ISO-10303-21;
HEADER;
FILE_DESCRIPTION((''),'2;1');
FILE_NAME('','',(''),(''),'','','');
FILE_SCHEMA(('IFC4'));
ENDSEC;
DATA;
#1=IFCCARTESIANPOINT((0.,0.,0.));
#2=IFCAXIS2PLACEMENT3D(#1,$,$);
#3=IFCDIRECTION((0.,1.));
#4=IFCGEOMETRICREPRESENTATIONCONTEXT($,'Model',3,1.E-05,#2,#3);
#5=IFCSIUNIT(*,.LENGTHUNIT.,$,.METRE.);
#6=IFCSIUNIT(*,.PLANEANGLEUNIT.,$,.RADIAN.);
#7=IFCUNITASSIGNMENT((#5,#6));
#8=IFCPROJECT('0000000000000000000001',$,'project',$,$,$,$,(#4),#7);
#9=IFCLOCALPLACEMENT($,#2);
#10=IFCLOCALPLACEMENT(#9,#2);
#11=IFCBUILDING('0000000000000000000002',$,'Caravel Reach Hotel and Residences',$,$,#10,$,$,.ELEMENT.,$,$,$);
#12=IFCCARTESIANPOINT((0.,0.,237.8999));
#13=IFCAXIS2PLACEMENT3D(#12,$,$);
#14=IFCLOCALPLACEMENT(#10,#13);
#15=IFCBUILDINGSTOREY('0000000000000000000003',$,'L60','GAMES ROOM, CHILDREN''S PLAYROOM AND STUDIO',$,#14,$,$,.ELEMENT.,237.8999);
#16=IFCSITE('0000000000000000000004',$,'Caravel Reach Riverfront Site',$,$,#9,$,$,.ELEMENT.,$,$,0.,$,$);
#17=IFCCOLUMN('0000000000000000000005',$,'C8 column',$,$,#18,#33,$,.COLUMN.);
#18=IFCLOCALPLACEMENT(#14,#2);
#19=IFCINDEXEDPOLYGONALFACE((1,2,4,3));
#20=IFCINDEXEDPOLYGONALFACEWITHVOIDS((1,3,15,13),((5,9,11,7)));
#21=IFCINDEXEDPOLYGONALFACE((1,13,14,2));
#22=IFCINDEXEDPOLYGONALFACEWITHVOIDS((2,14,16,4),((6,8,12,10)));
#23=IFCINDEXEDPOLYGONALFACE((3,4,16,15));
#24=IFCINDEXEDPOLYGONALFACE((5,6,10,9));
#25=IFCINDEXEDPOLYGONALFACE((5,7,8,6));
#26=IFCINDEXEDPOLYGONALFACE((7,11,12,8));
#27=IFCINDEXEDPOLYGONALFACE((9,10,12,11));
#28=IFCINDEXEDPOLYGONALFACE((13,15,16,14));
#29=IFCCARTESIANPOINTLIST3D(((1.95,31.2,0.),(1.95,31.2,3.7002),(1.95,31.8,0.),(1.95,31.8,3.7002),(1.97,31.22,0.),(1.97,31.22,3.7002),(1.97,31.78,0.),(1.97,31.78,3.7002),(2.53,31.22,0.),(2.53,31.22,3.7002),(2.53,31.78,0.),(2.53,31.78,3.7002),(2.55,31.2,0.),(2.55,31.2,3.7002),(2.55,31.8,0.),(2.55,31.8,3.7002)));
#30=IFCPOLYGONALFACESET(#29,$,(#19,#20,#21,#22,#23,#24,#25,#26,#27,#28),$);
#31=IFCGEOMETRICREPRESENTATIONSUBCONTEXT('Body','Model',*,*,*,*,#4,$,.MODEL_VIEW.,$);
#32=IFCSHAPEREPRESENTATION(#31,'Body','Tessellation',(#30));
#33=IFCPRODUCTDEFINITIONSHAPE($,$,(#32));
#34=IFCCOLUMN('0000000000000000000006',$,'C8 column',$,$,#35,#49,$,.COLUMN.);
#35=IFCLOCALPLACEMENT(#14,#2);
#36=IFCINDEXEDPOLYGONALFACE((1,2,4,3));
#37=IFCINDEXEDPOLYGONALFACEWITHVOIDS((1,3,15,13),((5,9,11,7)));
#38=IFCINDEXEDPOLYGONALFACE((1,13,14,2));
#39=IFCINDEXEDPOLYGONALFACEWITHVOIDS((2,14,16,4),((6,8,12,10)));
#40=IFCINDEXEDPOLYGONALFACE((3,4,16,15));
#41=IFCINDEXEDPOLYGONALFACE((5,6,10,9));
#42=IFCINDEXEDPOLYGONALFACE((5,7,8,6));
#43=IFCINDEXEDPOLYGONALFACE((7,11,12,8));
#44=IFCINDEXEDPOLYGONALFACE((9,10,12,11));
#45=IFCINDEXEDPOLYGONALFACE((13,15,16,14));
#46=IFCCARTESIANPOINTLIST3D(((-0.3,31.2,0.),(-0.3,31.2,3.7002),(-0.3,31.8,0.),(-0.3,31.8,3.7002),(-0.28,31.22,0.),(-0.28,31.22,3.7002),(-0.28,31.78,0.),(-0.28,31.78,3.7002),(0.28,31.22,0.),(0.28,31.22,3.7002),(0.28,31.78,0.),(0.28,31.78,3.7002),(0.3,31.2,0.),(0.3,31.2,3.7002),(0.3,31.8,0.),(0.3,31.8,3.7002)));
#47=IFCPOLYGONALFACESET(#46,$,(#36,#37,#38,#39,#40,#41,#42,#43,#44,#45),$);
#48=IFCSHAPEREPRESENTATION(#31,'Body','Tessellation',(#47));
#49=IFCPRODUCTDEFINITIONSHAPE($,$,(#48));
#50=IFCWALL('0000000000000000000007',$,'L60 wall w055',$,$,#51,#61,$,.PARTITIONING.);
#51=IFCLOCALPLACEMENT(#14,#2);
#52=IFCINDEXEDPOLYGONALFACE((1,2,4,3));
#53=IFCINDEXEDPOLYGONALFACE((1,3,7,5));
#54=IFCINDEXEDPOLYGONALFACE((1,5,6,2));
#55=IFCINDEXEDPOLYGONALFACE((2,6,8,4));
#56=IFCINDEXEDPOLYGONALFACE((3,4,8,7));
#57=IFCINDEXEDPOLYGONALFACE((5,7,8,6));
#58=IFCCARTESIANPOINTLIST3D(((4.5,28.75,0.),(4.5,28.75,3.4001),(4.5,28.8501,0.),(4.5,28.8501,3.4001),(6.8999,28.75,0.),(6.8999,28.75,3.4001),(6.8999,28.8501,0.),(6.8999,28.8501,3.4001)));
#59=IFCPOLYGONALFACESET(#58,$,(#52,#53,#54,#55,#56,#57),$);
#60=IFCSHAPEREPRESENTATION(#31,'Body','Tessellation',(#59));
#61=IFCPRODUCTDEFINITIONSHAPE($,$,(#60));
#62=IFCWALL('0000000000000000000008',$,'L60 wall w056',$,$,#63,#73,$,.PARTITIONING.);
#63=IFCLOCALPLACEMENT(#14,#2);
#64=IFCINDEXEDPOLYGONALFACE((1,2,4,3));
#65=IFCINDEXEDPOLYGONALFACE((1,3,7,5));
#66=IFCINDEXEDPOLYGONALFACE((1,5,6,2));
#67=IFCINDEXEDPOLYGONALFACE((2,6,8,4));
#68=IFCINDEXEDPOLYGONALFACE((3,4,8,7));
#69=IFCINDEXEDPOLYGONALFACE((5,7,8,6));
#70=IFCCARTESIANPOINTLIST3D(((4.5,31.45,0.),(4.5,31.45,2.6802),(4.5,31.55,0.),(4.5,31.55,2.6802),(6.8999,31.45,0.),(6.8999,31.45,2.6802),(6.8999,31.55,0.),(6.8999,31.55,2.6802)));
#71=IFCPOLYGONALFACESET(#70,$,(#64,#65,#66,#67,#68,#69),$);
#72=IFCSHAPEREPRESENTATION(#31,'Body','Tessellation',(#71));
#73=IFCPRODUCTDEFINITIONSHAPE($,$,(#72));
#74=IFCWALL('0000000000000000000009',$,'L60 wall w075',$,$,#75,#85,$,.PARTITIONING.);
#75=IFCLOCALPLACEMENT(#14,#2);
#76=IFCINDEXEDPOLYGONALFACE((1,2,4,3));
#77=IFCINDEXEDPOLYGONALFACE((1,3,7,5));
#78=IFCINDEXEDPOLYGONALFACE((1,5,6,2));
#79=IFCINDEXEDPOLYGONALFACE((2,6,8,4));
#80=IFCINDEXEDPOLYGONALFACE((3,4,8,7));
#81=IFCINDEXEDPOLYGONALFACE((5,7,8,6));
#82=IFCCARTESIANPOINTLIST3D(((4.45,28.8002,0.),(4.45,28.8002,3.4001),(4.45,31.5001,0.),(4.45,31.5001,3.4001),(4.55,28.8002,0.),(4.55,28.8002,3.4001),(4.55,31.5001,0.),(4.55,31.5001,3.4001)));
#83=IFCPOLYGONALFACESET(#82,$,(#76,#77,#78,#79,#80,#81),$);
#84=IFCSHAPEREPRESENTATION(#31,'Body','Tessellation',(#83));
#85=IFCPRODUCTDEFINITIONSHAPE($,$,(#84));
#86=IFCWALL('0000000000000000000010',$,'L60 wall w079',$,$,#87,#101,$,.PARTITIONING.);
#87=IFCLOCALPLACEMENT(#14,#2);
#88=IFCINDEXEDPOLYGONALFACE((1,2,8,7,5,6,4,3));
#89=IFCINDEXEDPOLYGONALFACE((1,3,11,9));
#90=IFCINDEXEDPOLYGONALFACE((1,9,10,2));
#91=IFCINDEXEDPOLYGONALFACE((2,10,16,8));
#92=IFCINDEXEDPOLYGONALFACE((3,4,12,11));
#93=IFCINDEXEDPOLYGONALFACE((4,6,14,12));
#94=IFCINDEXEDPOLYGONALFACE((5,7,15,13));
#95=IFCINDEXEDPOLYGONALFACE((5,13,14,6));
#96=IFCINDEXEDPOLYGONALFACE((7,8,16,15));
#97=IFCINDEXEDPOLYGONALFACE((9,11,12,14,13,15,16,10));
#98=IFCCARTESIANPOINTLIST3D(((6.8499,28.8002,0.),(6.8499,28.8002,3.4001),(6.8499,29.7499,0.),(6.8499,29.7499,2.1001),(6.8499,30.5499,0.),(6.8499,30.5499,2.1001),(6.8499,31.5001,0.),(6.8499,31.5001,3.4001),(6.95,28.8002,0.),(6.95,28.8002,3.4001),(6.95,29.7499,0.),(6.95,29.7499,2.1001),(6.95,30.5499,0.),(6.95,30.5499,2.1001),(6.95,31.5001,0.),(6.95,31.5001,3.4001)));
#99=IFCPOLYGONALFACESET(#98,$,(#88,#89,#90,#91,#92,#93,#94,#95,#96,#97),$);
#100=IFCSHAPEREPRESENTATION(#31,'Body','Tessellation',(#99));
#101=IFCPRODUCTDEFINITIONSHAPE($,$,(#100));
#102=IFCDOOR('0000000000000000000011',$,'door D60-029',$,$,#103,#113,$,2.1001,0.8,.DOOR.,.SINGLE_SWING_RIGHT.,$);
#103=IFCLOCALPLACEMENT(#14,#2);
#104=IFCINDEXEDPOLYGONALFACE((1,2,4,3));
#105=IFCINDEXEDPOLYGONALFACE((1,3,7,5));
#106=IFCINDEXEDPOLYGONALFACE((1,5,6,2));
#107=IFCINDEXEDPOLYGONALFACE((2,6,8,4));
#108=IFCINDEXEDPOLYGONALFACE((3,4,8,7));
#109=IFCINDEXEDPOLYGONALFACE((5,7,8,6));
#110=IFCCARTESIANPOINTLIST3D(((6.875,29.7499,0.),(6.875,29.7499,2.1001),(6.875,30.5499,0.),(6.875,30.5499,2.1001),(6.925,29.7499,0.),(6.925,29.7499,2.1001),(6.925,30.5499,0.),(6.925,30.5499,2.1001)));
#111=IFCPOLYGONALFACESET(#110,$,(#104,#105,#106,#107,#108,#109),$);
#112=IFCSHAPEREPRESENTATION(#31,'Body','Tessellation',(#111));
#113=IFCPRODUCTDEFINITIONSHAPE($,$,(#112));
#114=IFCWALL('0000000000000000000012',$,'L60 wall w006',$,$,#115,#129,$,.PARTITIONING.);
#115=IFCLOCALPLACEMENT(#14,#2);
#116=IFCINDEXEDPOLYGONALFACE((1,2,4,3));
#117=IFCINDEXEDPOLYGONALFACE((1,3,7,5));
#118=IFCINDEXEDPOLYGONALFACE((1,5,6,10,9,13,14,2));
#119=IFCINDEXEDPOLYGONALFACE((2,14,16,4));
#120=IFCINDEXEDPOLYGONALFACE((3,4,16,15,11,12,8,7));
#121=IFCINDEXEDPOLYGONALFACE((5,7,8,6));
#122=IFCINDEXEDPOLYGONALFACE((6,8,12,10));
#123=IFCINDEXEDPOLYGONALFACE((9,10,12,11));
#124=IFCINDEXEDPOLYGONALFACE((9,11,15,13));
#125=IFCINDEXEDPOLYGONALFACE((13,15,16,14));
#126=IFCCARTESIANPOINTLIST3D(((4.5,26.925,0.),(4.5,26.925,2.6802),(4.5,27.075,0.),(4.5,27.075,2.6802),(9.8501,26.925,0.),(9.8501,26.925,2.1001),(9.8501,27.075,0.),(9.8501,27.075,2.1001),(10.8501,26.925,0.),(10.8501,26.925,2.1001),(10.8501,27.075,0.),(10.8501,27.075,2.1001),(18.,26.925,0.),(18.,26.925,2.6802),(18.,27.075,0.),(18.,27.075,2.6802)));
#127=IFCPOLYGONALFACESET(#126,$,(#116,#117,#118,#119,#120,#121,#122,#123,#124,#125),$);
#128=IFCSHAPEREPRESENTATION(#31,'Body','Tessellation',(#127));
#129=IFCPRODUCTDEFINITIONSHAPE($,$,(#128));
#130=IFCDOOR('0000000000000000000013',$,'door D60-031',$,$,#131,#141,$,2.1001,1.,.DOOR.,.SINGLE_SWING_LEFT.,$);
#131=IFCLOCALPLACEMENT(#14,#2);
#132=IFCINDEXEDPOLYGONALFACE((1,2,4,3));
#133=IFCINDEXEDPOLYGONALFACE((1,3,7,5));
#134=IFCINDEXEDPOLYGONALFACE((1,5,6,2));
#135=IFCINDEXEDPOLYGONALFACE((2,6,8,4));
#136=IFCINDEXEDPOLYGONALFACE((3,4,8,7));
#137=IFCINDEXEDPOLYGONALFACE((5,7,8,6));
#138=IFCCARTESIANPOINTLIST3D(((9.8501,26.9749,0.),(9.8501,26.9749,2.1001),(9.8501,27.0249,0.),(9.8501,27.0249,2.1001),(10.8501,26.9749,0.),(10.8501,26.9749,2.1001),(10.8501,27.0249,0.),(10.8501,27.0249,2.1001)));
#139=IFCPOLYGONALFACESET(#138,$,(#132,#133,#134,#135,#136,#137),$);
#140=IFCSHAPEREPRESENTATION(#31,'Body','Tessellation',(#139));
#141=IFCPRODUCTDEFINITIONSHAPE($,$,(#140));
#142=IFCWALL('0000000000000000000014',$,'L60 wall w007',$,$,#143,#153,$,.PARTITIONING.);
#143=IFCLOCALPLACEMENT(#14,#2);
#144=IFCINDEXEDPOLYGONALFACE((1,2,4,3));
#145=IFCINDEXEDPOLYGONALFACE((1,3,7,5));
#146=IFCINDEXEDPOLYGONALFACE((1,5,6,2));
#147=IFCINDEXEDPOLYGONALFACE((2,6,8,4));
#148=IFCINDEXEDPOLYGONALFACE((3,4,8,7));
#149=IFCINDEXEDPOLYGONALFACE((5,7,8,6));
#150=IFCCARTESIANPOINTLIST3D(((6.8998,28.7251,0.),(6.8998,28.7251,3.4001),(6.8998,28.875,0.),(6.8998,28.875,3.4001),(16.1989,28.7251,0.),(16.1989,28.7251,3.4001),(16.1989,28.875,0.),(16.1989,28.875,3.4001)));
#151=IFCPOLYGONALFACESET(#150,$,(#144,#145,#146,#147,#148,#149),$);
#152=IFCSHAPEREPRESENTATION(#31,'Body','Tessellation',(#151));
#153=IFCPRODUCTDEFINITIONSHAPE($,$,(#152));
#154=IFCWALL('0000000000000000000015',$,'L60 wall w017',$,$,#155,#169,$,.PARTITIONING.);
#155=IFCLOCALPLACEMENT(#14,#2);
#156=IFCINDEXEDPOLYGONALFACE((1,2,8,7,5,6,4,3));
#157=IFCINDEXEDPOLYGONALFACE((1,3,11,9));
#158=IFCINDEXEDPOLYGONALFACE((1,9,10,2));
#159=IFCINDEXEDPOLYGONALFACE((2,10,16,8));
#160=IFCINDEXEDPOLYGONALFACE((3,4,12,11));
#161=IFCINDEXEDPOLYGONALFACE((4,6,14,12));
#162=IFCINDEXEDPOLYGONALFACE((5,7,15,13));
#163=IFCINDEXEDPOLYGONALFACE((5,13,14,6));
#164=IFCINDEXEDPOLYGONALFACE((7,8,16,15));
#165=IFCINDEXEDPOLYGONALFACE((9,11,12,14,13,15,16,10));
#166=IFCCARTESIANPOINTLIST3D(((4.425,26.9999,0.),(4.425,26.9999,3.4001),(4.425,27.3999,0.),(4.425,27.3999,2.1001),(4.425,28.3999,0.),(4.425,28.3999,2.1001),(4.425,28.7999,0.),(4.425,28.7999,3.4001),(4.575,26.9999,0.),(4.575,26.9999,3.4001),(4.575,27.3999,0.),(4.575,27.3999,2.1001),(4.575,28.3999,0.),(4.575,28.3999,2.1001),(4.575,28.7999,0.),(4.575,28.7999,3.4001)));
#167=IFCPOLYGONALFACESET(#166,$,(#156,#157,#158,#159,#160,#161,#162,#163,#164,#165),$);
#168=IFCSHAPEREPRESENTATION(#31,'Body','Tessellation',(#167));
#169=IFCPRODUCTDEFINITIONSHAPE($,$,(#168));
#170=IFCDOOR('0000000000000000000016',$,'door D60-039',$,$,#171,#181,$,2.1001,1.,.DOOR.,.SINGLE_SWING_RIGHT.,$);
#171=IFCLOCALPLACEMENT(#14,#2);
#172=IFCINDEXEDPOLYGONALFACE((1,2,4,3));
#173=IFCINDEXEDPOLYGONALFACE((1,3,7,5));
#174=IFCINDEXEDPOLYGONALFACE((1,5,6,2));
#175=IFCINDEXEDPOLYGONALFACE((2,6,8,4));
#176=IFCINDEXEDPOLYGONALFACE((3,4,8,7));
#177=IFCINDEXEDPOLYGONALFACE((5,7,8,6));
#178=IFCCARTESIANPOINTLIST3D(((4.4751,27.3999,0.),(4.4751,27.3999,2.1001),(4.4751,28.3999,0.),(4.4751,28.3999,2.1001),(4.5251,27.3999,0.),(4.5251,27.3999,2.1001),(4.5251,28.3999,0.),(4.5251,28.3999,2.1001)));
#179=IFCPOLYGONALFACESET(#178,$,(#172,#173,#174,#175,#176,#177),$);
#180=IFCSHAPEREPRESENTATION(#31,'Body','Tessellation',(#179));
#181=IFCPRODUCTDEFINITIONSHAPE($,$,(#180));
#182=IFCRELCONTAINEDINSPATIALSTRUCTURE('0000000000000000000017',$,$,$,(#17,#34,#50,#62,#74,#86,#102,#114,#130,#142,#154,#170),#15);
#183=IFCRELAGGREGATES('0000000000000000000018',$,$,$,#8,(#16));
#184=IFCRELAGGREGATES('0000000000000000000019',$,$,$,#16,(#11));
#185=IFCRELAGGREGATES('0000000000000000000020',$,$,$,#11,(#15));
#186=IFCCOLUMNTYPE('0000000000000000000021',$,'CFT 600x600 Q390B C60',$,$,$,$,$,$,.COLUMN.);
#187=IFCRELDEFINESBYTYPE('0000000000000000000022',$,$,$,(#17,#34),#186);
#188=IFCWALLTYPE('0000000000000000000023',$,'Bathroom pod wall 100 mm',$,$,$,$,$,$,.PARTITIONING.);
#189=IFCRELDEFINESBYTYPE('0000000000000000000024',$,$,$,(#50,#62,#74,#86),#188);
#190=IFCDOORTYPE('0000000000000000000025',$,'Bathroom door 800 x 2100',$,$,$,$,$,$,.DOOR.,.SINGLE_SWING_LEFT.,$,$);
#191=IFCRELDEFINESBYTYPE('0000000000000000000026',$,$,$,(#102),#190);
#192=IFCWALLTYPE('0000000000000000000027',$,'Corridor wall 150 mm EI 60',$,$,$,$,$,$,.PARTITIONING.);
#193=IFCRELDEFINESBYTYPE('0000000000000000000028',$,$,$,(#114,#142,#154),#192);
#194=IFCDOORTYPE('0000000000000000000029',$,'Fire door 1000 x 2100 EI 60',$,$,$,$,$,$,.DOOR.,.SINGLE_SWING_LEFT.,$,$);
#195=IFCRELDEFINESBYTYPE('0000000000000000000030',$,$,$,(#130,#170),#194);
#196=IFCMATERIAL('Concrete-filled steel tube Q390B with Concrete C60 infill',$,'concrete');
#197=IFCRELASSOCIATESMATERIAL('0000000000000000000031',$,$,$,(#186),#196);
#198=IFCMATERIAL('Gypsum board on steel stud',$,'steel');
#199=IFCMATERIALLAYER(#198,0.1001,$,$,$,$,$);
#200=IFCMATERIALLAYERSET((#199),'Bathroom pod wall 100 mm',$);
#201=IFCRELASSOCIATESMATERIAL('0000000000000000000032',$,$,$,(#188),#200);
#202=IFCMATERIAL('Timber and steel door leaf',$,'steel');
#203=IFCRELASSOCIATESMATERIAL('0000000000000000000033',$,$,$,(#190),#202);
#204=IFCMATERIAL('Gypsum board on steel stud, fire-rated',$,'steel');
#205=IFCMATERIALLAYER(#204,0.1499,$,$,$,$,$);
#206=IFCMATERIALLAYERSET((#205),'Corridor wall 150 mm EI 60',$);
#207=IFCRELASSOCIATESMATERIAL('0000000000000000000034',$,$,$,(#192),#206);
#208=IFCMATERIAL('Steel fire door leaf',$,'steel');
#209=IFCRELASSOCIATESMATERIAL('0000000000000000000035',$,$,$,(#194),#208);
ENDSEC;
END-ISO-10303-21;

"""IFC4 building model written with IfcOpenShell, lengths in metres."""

from ifc_helpers import new_model, si_unit, direction, frame, frame_2d, origin, origin_2d, place, context, subcontext, project, spatial, rectangle, hollow_rectangle, extrude, material, layer, layer_set, material_profile, profile_set, type_object, element, fill, save


model = new_model("IFC4")

# Units and contexts
model_context = context("Model", 3, precision=1e-05, world=origin(), true_north=direction((0.0, 1.0)))
body_context = subcontext(model_context, "Body", "Model", "MODEL_VIEW")
ifc_project = project(units=[si_unit("LENGTHUNIT", "METRE"), si_unit("PLANEANGLEUNIT", "RADIAN")], contexts=[model_context])

# Site, building, storey
site_placement = place(None, origin())
site = spatial("IfcSite", under=ifc_project, at=site_placement, Name="Caravel Reach Riverfront Site", CompositionType="ELEMENT", RefElevation=0.0)
building_placement = place(site_placement, origin())
building = spatial("IfcBuilding", under=site, at=building_placement, Name="Caravel Reach Hotel and Residences", CompositionType="ELEMENT")
storey_placement = place(building_placement, frame((0.0, 0.0, 237.8999)))
storey = spatial("IfcBuildingStorey", under=building, at=storey_placement, Name="L60", Description="GAMES ROOM, CHILDREN'S PLAYROOM AND STUDIO", CompositionType="ELEMENT", Elevation=237.8999)

# Columns
ifc_material_1 = material(Name="Concrete-filled steel tube Q390B with Concrete C60 infill", Category="concrete")
ifc_material_profile = material_profile(ifc_material_1, hollow_rectangle(XDim=0.6001, YDim=0.6001, WallThickness=0.02, at=origin_2d()), Name="RHS 600x600x20")
ifc_profile_set = profile_set([ifc_material_profile], Name="Concrete-filled steel tube Q390B with Concrete C60 infill")
column_type = type_object("IfcColumnType", Name="CFT 600x600 Q390B C60", PredefinedType="COLUMN", material=ifc_profile_set)
for number, where, z_axis, x_axis, name in (
    (1, (2.25, 31.5, 0.0), (0.0, 0.0, 1.0), (1.0, 0.0, 0.0), "C8 column"),
    (2, (0.0, 31.5, 0.0), (0.0, 0.0, 1.0), (1.0, 0.0, 0.0), "C8 column"),
):
    element("IfcColumn", number, at=place(storey_placement, frame(where, z_axis=z_axis, x_axis=x_axis)), inside=storey, type_object=column_type, Name=name, PredefinedType="COLUMN", context=body_context, shape_type="SweptSolid", body=[
        extrude(hollow_rectangle(XDim=0.6001, YDim=0.6001, WallThickness=0.02, at=origin_2d()), origin(), (0.0, 0.0, 1.0), 3.7002),
    ])

# Walls
ifc_material_2 = material(Name="Gypsum board on steel stud", Category="steel")
ifc_layer_1 = layer(ifc_material_2, 0.1001)
ifc_layer_set_1 = layer_set([ifc_layer_1], Name="Bathroom pod wall 100 mm")
wall_type_1 = type_object("IfcWallType", Name="Bathroom pod wall 100 mm", PredefinedType="PARTITIONING", material=ifc_layer_set_1)
wall_1_placement = place(storey_placement, frame((4.5, 28.8, 0.0), z_axis=(0.0, 0.0, 1.0), x_axis=(1.0, 0.0, 0.0)))
element("IfcWall", 3, at=wall_1_placement, inside=storey, type_object=wall_type_1, Name="L60 wall w055", PredefinedType="PARTITIONING", context=body_context, shape_type="SweptSolid", body=[
    extrude(rectangle(XDim=2.3999, YDim=0.1001, at=frame_2d((1.2, 0.0))), origin(), (0.0, 0.0, 1.0), 3.4001),
])
wall_2_placement = place(storey_placement, frame((4.5, 31.5, 0.0), z_axis=(0.0, 0.0, 1.0), x_axis=(1.0, 0.0, 0.0)))
element("IfcWall", 4, at=wall_2_placement, inside=storey, type_object=wall_type_1, Name="L60 wall w056", PredefinedType="PARTITIONING", context=body_context, shape_type="SweptSolid", body=[
    extrude(rectangle(XDim=2.3999, YDim=0.1001, at=frame_2d((1.2, 0.0))), origin(), (0.0, 0.0, 1.0), 2.6802),
])
wall_3_placement = place(storey_placement, frame((4.5, 28.8, 0.0), z_axis=(0.0, 0.0, 1.0), x_axis=(0.0, 1.0, 0.0)))
element("IfcWall", 5, at=wall_3_placement, inside=storey, type_object=wall_type_1, Name="L60 wall w075", PredefinedType="PARTITIONING", context=body_context, shape_type="SweptSolid", body=[
    extrude(rectangle(XDim=2.7, YDim=0.1001, at=frame_2d((1.3501, 0.0))), origin(), (0.0, 0.0, 1.0), 3.4001),
])

# Walls, openings, doors
wall_4_placement = place(storey_placement, frame((6.8999, 28.8, 0.0), z_axis=(0.0, 0.0, 1.0), x_axis=(0.0, 1.0, 0.0)))
wall_4 = element("IfcWall", 6, at=wall_4_placement, inside=storey, type_object=wall_type_1, Name="L60 wall w079", PredefinedType="PARTITIONING", context=body_context, shape_type="SweptSolid", body=[
    extrude(rectangle(XDim=2.7, YDim=0.1001, at=frame_2d((1.3501, 0.0))), origin(), (0.0, 0.0, 1.0), 3.4001),
])
opening_1_placement = place(wall_4_placement, frame((0.95, 0.0, 0.0)))
opening_1 = element("IfcOpeningElement", 7, at=opening_1_placement, cuts=wall_4, PredefinedType="OPENING", context=body_context, shape_type="SweptSolid", body=[
    extrude(rectangle(XDim=0.8, YDim=2.1001, at=frame_2d((0.3999, 1.05))), frame((0.0, 0.0601, 0.0), z_axis=(0.0, -1.0, 0.0), x_axis=(1.0, 0.0, 0.0)), (0.0, 0.0, 1.0), 0.1201),
])
ifc_material_3 = material(Name="Timber and steel door leaf", Category="steel")
door_type_1 = type_object("IfcDoorType", Name="Bathroom door 800 x 2100", OperationType="SINGLE_SWING_LEFT", PredefinedType="DOOR", material=ifc_material_3)
door_1_placement = place(opening_1_placement, origin())
door_1 = element("IfcDoor", 8, at=door_1_placement, inside=storey, type_object=door_type_1, Name="door D60-029", OperationType="SINGLE_SWING_RIGHT", OverallHeight=2.1001, OverallWidth=0.8, PredefinedType="DOOR", context=body_context, shape_type="SweptSolid", body=[
    extrude(rectangle(XDim=0.8, YDim=2.1001, at=frame_2d((0.3999, 1.05))), frame((0.0, 0.0249, 0.0), z_axis=(0.0, -1.0, 0.0), x_axis=(1.0, 0.0, 0.0)), (0.0, 0.0, 1.0), 0.05),
])
fill(opening_1, door_1)
ifc_material_4 = material(Name="Gypsum board on steel stud, fire-rated", Category="steel")
ifc_layer_2 = layer(ifc_material_4, 0.1499)
ifc_layer_set_2 = layer_set([ifc_layer_2], Name="Corridor wall 150 mm EI 60")
wall_type_2 = type_object("IfcWallType", Name="Corridor wall 150 mm EI 60", PredefinedType="PARTITIONING", material=ifc_layer_set_2)
wall_5_placement = place(storey_placement, frame((4.5, 27.0, 0.0), z_axis=(0.0, 0.0, 1.0), x_axis=(1.0, 0.0, 0.0)))
wall_5 = element("IfcWall", 9, at=wall_5_placement, inside=storey, type_object=wall_type_2, Name="L60 wall w006", PredefinedType="PARTITIONING", context=body_context, shape_type="SweptSolid", body=[
    extrude(rectangle(XDim=13.5, YDim=0.1499, at=frame_2d((6.75, 0.0))), origin(), (0.0, 0.0, 1.0), 2.6802),
])
opening_2_placement = place(wall_5_placement, frame((5.3501, 0.0, 0.0)))
opening_2 = element("IfcOpeningElement", 10, at=opening_2_placement, cuts=wall_5, PredefinedType="OPENING", context=body_context, shape_type="SweptSolid", body=[
    extrude(rectangle(XDim=1.0, YDim=2.1001, at=frame_2d((0.5, 1.05))), frame((0.0, 0.085, 0.0), z_axis=(0.0, -1.0, 0.0), x_axis=(1.0, 0.0, 0.0)), (0.0, 0.0, 1.0), 0.1699),
])
ifc_material_5 = material(Name="Steel fire door leaf", Category="steel")
door_type_2 = type_object("IfcDoorType", Name="Fire door 1000 x 2100 EI 60", OperationType="SINGLE_SWING_LEFT", PredefinedType="DOOR", material=ifc_material_5)
door_2_placement = place(opening_2_placement, origin())
door_2 = element("IfcDoor", 11, at=door_2_placement, inside=storey, type_object=door_type_2, Name="door D60-031", OperationType="SINGLE_SWING_LEFT", OverallHeight=2.1001, OverallWidth=1.0, PredefinedType="DOOR", context=body_context, shape_type="SweptSolid", body=[
    extrude(rectangle(XDim=1.0, YDim=2.1001, at=frame_2d((0.5, 1.05))), frame((0.0, 0.0249, 0.0), z_axis=(0.0, -1.0, 0.0), x_axis=(1.0, 0.0, 0.0)), (0.0, 0.0, 1.0), 0.05),
])
fill(opening_2, door_2)

# Wall
wall_6_placement = place(storey_placement, frame((6.8999, 28.8, 0.0), z_axis=(0.0, 0.0, 1.0), x_axis=(1.0, 0.0, 0.0)))
element("IfcWall", 12, at=wall_6_placement, inside=storey, type_object=wall_type_2, Name="L60 wall w007", PredefinedType="PARTITIONING", context=body_context, shape_type="SweptSolid", body=[
    extrude(rectangle(XDim=9.2991, YDim=0.1499, at=frame_2d((4.6494, 0.0))), origin(), (0.0, 0.0, 1.0), 3.4001),
])

# Wall, opening, door
wall_7_placement = place(storey_placement, frame((4.5, 27.0, 0.0), z_axis=(0.0, 0.0, 1.0), x_axis=(0.0, 1.0, 0.0)))
wall_7 = element("IfcWall", 13, at=wall_7_placement, inside=storey, type_object=wall_type_2, Name="L60 wall w017", PredefinedType="PARTITIONING", context=body_context, shape_type="SweptSolid", body=[
    extrude(rectangle(XDim=1.8, YDim=0.1499, at=frame_2d((0.8999, 0.0))), origin(), (0.0, 0.0, 1.0), 3.4001),
])
opening_3_placement = place(wall_7_placement, frame((0.3999, 0.0, 0.0)))
opening_3 = element("IfcOpeningElement", 14, at=opening_3_placement, cuts=wall_7, PredefinedType="OPENING", context=body_context, shape_type="SweptSolid", body=[
    extrude(rectangle(XDim=1.0, YDim=2.1001, at=frame_2d((0.5, 1.05))), frame((0.0, 0.085, 0.0), z_axis=(0.0, -1.0, 0.0), x_axis=(1.0, 0.0, 0.0)), (0.0, 0.0, 1.0), 0.1699),
])
door_3_placement = place(opening_3_placement, origin())
door_3 = element("IfcDoor", 15, at=door_3_placement, inside=storey, type_object=door_type_2, Name="door D60-039", OperationType="SINGLE_SWING_RIGHT", OverallHeight=2.1001, OverallWidth=1.0, PredefinedType="DOOR", context=body_context, shape_type="SweptSolid", body=[
    extrude(rectangle(XDim=1.0, YDim=2.1001, at=frame_2d((0.5, 1.05))), frame((0.0, 0.0249, 0.0), z_axis=(0.0, -1.0, 0.0), x_axis=(1.0, 0.0, 0.0)), (0.0, 0.0, 1.0), 0.05),
])
fill(opening_3, door_3)

save(model, "model.ifc")
